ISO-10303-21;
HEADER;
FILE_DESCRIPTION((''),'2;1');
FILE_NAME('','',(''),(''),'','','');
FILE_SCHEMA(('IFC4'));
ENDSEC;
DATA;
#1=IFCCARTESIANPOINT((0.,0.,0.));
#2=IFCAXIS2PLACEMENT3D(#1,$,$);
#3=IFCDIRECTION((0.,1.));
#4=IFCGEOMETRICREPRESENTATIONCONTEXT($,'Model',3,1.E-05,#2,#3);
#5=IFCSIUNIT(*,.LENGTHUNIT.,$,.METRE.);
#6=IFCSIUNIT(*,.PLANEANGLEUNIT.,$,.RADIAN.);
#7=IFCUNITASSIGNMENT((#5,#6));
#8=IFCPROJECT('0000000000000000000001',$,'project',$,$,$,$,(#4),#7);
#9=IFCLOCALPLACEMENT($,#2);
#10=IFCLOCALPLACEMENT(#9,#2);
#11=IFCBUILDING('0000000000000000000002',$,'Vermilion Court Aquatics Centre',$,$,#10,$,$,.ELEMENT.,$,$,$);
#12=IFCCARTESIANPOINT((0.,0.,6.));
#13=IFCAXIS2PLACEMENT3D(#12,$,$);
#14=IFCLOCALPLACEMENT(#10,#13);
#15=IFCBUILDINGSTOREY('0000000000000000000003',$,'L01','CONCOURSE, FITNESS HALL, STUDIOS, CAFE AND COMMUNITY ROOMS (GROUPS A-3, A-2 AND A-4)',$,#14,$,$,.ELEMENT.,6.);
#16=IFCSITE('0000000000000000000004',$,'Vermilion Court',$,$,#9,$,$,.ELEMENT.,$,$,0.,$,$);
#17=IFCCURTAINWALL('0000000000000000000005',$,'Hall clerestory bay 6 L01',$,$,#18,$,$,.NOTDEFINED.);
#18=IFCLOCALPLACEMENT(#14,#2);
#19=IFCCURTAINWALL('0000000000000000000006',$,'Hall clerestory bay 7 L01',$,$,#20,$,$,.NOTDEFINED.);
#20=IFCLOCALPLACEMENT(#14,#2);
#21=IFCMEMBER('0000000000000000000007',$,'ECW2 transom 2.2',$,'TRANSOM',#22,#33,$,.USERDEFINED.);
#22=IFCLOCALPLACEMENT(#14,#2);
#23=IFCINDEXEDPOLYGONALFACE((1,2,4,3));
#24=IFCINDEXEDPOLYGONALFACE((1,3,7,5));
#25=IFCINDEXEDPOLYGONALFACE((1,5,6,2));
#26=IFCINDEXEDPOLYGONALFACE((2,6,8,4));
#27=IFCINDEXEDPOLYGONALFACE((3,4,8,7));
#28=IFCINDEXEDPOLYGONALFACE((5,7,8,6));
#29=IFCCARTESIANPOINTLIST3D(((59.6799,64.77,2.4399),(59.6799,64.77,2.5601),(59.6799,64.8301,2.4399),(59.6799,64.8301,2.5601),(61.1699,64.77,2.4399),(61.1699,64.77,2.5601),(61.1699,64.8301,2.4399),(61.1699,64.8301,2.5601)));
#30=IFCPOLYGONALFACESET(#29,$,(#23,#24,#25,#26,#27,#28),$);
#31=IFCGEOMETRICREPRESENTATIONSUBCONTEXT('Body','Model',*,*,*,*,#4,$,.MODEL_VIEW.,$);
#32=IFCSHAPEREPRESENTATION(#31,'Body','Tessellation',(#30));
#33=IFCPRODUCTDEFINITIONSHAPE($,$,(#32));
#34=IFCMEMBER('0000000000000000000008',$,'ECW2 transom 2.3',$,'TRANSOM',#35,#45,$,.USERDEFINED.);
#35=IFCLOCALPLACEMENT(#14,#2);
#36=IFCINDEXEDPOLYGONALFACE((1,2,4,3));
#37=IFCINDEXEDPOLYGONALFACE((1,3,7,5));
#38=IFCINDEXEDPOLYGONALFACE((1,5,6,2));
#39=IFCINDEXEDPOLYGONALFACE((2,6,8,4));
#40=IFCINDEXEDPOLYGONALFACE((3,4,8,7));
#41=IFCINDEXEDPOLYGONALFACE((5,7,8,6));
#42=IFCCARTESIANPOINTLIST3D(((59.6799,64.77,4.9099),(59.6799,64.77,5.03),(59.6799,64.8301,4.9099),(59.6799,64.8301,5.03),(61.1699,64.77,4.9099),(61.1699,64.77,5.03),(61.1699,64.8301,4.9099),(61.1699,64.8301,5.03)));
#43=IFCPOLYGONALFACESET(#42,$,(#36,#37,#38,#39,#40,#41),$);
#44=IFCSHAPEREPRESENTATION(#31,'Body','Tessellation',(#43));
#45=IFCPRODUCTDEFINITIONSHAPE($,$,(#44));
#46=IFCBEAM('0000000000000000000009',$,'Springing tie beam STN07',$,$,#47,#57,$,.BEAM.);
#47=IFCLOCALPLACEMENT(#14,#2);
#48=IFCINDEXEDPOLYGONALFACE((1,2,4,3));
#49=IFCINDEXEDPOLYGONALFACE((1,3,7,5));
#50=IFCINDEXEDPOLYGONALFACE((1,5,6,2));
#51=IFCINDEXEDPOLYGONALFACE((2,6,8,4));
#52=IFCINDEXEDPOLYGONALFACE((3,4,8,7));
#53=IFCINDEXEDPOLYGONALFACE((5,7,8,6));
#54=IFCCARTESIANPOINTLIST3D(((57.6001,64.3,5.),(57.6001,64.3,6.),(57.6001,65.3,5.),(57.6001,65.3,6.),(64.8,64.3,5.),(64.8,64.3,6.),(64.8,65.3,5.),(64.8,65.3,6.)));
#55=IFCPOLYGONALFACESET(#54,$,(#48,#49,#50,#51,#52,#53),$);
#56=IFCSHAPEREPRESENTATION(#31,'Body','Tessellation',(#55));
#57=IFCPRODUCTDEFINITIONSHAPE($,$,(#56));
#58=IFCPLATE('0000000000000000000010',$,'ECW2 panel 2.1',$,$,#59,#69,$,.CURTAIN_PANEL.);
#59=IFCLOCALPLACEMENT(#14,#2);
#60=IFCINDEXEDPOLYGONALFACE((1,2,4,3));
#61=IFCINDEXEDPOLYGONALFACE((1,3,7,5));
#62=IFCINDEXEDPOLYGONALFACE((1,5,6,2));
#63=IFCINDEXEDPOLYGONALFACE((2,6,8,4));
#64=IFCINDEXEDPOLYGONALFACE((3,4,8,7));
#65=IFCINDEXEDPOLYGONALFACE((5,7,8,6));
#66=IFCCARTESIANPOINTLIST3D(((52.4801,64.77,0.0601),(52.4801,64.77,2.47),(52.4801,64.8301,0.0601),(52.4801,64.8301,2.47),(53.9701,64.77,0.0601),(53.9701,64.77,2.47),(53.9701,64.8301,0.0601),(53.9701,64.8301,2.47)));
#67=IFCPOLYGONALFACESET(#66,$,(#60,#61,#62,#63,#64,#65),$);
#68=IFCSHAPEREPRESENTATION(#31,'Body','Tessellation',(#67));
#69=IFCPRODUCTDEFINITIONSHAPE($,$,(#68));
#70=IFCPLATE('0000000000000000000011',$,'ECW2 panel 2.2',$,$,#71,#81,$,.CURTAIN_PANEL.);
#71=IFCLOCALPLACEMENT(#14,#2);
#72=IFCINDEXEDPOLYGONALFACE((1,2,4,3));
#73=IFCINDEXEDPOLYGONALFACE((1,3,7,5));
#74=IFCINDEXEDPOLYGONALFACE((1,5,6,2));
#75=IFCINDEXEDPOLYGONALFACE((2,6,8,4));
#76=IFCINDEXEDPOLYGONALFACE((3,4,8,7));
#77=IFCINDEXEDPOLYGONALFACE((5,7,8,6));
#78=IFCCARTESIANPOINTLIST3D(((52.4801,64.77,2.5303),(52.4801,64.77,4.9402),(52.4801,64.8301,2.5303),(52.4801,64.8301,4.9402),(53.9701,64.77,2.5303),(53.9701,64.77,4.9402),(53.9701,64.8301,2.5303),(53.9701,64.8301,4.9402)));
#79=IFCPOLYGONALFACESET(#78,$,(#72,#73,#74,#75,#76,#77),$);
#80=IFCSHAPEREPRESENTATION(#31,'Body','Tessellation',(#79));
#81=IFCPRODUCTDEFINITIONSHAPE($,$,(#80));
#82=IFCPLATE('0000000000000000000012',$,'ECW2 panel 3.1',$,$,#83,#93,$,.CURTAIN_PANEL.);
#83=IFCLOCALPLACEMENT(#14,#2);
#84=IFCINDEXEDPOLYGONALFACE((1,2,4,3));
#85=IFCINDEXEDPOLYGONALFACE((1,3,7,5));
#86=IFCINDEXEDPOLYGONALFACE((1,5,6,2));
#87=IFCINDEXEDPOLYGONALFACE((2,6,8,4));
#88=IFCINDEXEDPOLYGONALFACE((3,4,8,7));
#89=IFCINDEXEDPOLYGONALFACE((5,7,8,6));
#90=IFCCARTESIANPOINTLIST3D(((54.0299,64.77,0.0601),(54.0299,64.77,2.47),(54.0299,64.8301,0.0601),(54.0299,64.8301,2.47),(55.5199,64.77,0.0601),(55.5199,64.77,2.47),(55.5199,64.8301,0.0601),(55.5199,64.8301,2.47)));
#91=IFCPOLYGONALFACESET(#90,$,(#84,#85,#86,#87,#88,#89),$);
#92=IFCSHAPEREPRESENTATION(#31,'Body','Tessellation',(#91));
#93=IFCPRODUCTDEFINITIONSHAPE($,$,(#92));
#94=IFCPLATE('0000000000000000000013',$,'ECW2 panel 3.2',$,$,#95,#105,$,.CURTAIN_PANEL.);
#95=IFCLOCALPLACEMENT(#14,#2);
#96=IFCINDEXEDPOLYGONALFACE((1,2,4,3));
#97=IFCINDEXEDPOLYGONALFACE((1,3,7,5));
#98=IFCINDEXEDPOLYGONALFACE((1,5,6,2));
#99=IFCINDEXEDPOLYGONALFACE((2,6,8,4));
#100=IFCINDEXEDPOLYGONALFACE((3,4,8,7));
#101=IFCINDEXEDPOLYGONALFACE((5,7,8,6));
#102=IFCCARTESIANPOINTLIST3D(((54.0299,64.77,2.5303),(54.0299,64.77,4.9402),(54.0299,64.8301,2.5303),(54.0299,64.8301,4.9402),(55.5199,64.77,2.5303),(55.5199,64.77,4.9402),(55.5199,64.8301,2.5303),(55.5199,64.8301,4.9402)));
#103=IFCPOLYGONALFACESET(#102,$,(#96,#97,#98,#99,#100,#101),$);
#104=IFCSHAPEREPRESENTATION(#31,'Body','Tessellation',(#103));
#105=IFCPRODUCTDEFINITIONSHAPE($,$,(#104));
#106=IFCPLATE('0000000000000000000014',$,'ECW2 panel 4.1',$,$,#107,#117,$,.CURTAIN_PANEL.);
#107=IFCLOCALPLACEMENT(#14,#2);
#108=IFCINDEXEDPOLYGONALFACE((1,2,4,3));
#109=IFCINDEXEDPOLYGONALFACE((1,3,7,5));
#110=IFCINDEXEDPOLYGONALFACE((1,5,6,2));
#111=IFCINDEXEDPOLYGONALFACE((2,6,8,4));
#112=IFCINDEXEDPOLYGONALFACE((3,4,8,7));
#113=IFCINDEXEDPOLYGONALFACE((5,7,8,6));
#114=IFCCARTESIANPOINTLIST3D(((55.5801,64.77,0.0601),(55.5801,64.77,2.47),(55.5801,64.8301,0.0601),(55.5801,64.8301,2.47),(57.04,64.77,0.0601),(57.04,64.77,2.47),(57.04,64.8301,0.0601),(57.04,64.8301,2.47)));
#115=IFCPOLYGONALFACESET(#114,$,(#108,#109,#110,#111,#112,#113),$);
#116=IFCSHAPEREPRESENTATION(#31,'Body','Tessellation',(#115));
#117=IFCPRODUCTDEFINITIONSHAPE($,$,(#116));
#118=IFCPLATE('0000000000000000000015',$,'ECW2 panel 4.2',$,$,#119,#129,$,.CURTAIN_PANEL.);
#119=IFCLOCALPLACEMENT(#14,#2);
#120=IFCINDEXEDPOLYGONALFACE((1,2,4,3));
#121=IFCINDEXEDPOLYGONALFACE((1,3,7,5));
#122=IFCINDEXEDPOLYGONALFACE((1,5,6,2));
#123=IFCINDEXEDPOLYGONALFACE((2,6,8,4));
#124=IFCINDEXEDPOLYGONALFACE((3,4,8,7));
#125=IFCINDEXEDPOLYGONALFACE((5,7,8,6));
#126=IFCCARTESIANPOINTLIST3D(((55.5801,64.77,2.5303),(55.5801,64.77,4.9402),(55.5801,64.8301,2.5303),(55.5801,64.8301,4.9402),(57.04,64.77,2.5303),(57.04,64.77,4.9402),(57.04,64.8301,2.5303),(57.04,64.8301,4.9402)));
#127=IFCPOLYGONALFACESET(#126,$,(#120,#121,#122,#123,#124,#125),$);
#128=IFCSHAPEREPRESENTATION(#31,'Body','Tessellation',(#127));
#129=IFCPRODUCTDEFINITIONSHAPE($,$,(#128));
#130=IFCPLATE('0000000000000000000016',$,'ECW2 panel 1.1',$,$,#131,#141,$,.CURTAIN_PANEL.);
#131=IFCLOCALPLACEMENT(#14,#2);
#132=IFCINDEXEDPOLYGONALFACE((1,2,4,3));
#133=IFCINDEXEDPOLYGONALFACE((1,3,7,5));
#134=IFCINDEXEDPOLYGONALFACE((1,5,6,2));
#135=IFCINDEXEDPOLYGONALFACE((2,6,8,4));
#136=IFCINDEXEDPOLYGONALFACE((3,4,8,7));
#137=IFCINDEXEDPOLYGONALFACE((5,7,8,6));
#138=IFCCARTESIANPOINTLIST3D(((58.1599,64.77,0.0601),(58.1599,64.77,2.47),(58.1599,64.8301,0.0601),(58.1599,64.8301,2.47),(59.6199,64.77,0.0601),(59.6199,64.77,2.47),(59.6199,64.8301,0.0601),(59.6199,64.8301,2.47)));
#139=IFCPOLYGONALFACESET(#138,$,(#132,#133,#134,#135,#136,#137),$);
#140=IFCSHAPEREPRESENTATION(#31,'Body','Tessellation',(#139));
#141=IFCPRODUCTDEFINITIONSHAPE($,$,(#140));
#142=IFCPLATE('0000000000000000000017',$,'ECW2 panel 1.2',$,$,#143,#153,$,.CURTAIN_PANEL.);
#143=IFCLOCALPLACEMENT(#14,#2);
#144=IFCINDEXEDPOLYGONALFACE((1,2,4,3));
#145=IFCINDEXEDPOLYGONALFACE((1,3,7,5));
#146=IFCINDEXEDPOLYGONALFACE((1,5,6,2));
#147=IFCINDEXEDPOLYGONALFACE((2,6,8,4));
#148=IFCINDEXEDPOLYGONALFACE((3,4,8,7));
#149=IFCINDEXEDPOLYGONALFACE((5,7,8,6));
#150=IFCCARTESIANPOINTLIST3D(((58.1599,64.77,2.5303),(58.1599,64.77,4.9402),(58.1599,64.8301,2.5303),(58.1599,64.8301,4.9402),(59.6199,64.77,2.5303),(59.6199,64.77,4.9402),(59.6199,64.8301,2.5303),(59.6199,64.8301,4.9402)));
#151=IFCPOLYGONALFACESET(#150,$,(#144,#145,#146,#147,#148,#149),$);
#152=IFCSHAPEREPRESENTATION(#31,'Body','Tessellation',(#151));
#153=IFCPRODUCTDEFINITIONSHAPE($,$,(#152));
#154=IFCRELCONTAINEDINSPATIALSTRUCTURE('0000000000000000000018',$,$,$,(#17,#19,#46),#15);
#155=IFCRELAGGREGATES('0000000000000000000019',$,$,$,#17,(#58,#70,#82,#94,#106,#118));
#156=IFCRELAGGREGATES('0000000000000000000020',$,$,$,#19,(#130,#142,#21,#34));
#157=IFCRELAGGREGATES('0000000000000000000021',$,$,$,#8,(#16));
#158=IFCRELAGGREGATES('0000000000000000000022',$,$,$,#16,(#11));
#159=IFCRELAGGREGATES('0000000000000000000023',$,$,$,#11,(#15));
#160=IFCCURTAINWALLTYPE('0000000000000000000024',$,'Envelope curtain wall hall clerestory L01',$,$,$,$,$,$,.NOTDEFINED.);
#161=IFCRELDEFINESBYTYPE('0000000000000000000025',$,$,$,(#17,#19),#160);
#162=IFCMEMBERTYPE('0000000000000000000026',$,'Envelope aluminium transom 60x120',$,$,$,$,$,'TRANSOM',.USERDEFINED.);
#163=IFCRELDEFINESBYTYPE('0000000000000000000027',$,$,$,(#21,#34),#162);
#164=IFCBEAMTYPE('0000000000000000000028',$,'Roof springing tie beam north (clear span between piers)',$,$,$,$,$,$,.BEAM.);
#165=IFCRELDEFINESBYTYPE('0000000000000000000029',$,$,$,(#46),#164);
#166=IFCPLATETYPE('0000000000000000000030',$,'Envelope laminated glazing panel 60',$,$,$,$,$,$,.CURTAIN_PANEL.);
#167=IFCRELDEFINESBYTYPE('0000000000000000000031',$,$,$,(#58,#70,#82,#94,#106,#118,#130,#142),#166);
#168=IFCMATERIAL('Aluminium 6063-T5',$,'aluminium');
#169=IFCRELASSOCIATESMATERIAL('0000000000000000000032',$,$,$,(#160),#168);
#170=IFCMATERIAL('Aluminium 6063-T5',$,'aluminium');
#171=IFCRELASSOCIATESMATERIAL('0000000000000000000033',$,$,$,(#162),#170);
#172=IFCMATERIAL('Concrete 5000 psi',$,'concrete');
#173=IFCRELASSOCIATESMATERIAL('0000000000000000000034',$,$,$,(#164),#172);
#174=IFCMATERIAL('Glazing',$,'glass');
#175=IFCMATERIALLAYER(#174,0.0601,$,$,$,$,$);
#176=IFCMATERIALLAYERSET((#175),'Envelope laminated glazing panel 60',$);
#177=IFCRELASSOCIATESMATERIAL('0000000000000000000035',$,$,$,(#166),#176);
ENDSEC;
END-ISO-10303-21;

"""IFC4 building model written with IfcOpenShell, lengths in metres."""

from ifc_helpers import new_model, si_unit, direction, frame, origin, origin_2d, place, context, subcontext, project, spatial, rectangle, extrude, material, layer, layer_set, material_profile, profile_set, type_object, element, aggregate, save


model = new_model("IFC4")

# Units and contexts
model_context = context("Model", 3, precision=1e-05, world=origin(), true_north=direction((0.0, 1.0)))
body_context = subcontext(model_context, "Body", "Model", "MODEL_VIEW")
ifc_project = project(units=[si_unit("LENGTHUNIT", "METRE"), si_unit("PLANEANGLEUNIT", "RADIAN")], contexts=[model_context])

# Site, building, storey
site_placement = place(None, origin())
site = spatial("IfcSite", under=ifc_project, at=site_placement, Name="Vermilion Court", CompositionType="ELEMENT", RefElevation=0.0)
building_placement = place(site_placement, origin())
building = spatial("IfcBuilding", under=site, at=building_placement, Name="Vermilion Court Aquatics Centre", CompositionType="ELEMENT")
storey_placement = place(building_placement, frame((0.0, 0.0, 6.0)))
storey = spatial("IfcBuildingStorey", under=building, at=storey_placement, Name="L01", Description="CONCOURSE, FITNESS HALL, STUDIOS, CAFE AND COMMUNITY ROOMS (GROUPS A-3, A-2 AND A-4)", CompositionType="ELEMENT", Elevation=6.0)

# Curtain walls
ifc_material_1 = material(Name="Aluminium 6063-T5", Category="aluminium")
curtain_wall_type = type_object("IfcCurtainWallType", Name="Envelope curtain wall hall clerestory L01", PredefinedType="NOTDEFINED", material=ifc_material_1)
curtain_wall_1_placement = place(storey_placement, origin())
curtain_wall_1 = element("IfcCurtainWall", 1, at=curtain_wall_1_placement, inside=storey, type_object=curtain_wall_type, Name="Hall clerestory bay 6 L01", PredefinedType="NOTDEFINED")
curtain_wall_2_placement = place(storey_placement, origin())
curtain_wall_2 = element("IfcCurtainWall", 2, at=curtain_wall_2_placement, inside=storey, type_object=curtain_wall_type, Name="Hall clerestory bay 7 L01", PredefinedType="NOTDEFINED")

# Members
ifc_material_2 = material(Name="Aluminium 6063-T5", Category="aluminium")
ifc_material_profile_1 = material_profile(ifc_material_2, rectangle(XDim=0.0601, YDim=0.1201, at=origin_2d()), Name="AL 60x120")
ifc_profile_set_1 = profile_set([ifc_material_profile_1], Name="Aluminium 6063-T5")
member_type_1 = type_object("IfcMemberType", Name="Envelope aluminium transom 60x120", ElementType="TRANSOM", PredefinedType="USERDEFINED", material=ifc_profile_set_1)
member_1_placement = place(storey_placement, frame((59.6799, 64.8, 2.5), z_axis=(1.0, 0.0, 0.0), x_axis=(0.0, 1.0, 0.0)))
member_1 = element("IfcMember", 3, at=member_1_placement, type_object=member_type_1, Name="ECW2 transom 2.2", ObjectType="TRANSOM", PredefinedType="USERDEFINED", context=body_context, shape_type="SweptSolid", body=[
    extrude(rectangle(XDim=0.0601, YDim=0.1201, at=origin_2d()), origin(), (0.0, 0.0, 1.0), 1.49),
])
member_2_placement = place(storey_placement, frame((59.6799, 64.8, 4.97), z_axis=(1.0, 0.0, 0.0), x_axis=(0.0, 1.0, 0.0)))
member_2 = element("IfcMember", 4, at=member_2_placement, type_object=member_type_1, Name="ECW2 transom 2.3", ObjectType="TRANSOM", PredefinedType="USERDEFINED", context=body_context, shape_type="SweptSolid", body=[
    extrude(rectangle(XDim=0.0601, YDim=0.1201, at=origin_2d()), origin(), (0.0, 0.0, 1.0), 1.49),
])

# Beam
ifc_material_3 = material(Name="Concrete 5000 psi", Category="concrete")
ifc_material_profile_2 = material_profile(ifc_material_3, rectangle(XDim=1.0, YDim=1.0, at=origin_2d()), Name="RC 1000x1000")
ifc_profile_set_2 = profile_set([ifc_material_profile_2], Name="Concrete 5000 psi")
beam_type = type_object("IfcBeamType", Name="Roof springing tie beam north (clear span between piers)", PredefinedType="BEAM", material=ifc_profile_set_2)
beam_placement = place(storey_placement, frame((57.6001, 64.8, 5.5), z_axis=(1.0, 0.0, 0.0), x_axis=(0.0, 1.0, 0.0)))
element("IfcBeam", 5, at=beam_placement, inside=storey, type_object=beam_type, Name="Springing tie beam STN07", PredefinedType="BEAM", context=body_context, shape_type="SweptSolid", body=[
    extrude(rectangle(XDim=1.0, YDim=1.0, at=origin_2d()), origin(), (0.0, 0.0, 1.0), 7.2),
])

# Plates
ifc_material_4 = material(Name="Glazing", Category="glass")
ifc_layer = layer(ifc_material_4, 0.0601)
ifc_layer_set = layer_set([ifc_layer], Name="Envelope laminated glazing panel 60")
plate_type = type_object("IfcPlateType", Name="Envelope laminated glazing panel 60", PredefinedType="CURTAIN_PANEL", material=ifc_layer_set)
plate_1_placement = place(storey_placement, frame((53.2251, 64.8, 0.0601), z_axis=(0.0, 0.0, 1.0), x_axis=(1.0, 0.0, 0.0)))
plate_1 = element("IfcPlate", 6, at=plate_1_placement, type_object=plate_type, Name="ECW2 panel 2.1", PredefinedType="CURTAIN_PANEL", context=body_context, shape_type="SweptSolid", body=[
    extrude(rectangle(XDim=1.49, YDim=0.0601, at=origin_2d()), origin(), (0.0, 0.0, 1.0), 2.4099),
])
plate_2_placement = place(storey_placement, frame((53.2251, 64.8, 2.5303), z_axis=(0.0, 0.0, 1.0), x_axis=(1.0, 0.0, 0.0)))
plate_2 = element("IfcPlate", 7, at=plate_2_placement, type_object=plate_type, Name="ECW2 panel 2.2", PredefinedType="CURTAIN_PANEL", context=body_context, shape_type="SweptSolid", body=[
    extrude(rectangle(XDim=1.49, YDim=0.0601, at=origin_2d()), origin(), (0.0, 0.0, 1.0), 2.4099),
])
plate_3_placement = place(storey_placement, frame((54.7749, 64.8, 0.0601), z_axis=(0.0, 0.0, 1.0), x_axis=(1.0, 0.0, 0.0)))
plate_3 = element("IfcPlate", 8, at=plate_3_placement, type_object=plate_type, Name="ECW2 panel 3.1", PredefinedType="CURTAIN_PANEL", context=body_context, shape_type="SweptSolid", body=[
    extrude(rectangle(XDim=1.49, YDim=0.0601, at=origin_2d()), origin(), (0.0, 0.0, 1.0), 2.4099),
])
plate_4_placement = place(storey_placement, frame((54.7749, 64.8, 2.5303), z_axis=(0.0, 0.0, 1.0), x_axis=(1.0, 0.0, 0.0)))
plate_4 = element("IfcPlate", 9, at=plate_4_placement, type_object=plate_type, Name="ECW2 panel 3.2", PredefinedType="CURTAIN_PANEL", context=body_context, shape_type="SweptSolid", body=[
    extrude(rectangle(XDim=1.49, YDim=0.0601, at=origin_2d()), origin(), (0.0, 0.0, 1.0), 2.4099),
])
plate_5_placement = place(storey_placement, frame((56.3101, 64.8, 0.0601), z_axis=(0.0, 0.0, 1.0), x_axis=(1.0, 0.0, 0.0)))
plate_5 = element("IfcPlate", 10, at=plate_5_placement, type_object=plate_type, Name="ECW2 panel 4.1", PredefinedType="CURTAIN_PANEL", context=body_context, shape_type="SweptSolid", body=[
    extrude(rectangle(XDim=1.46, YDim=0.0601, at=origin_2d()), origin(), (0.0, 0.0, 1.0), 2.4099),
])
plate_6_placement = place(storey_placement, frame((56.3101, 64.8, 2.5303), z_axis=(0.0, 0.0, 1.0), x_axis=(1.0, 0.0, 0.0)))
plate_6 = element("IfcPlate", 11, at=plate_6_placement, type_object=plate_type, Name="ECW2 panel 4.2", PredefinedType="CURTAIN_PANEL", context=body_context, shape_type="SweptSolid", body=[
    extrude(rectangle(XDim=1.46, YDim=0.0601, at=origin_2d()), origin(), (0.0, 0.0, 1.0), 2.4099),
])
aggregate(curtain_wall_1, [plate_1, plate_2, plate_3, plate_4, plate_5, plate_6])
plate_7_placement = place(storey_placement, frame((58.8899, 64.8, 0.0601), z_axis=(0.0, 0.0, 1.0), x_axis=(1.0, 0.0, 0.0)))
plate_7 = element("IfcPlate", 12, at=plate_7_placement, type_object=plate_type, Name="ECW2 panel 1.1", PredefinedType="CURTAIN_PANEL", context=body_context, shape_type="SweptSolid", body=[
    extrude(rectangle(XDim=1.46, YDim=0.0601, at=origin_2d()), origin(), (0.0, 0.0, 1.0), 2.4099),
])
plate_8_placement = place(storey_placement, frame((58.8899, 64.8, 2.5303), z_axis=(0.0, 0.0, 1.0), x_axis=(1.0, 0.0, 0.0)))
plate_8 = element("IfcPlate", 13, at=plate_8_placement, type_object=plate_type, Name="ECW2 panel 1.2", PredefinedType="CURTAIN_PANEL", context=body_context, shape_type="SweptSolid", body=[
    extrude(rectangle(XDim=1.46, YDim=0.0601, at=origin_2d()), origin(), (0.0, 0.0, 1.0), 2.4099),
])
aggregate(curtain_wall_2, [plate_7, plate_8, member_1, member_2])

save(model, "model.ifc")
